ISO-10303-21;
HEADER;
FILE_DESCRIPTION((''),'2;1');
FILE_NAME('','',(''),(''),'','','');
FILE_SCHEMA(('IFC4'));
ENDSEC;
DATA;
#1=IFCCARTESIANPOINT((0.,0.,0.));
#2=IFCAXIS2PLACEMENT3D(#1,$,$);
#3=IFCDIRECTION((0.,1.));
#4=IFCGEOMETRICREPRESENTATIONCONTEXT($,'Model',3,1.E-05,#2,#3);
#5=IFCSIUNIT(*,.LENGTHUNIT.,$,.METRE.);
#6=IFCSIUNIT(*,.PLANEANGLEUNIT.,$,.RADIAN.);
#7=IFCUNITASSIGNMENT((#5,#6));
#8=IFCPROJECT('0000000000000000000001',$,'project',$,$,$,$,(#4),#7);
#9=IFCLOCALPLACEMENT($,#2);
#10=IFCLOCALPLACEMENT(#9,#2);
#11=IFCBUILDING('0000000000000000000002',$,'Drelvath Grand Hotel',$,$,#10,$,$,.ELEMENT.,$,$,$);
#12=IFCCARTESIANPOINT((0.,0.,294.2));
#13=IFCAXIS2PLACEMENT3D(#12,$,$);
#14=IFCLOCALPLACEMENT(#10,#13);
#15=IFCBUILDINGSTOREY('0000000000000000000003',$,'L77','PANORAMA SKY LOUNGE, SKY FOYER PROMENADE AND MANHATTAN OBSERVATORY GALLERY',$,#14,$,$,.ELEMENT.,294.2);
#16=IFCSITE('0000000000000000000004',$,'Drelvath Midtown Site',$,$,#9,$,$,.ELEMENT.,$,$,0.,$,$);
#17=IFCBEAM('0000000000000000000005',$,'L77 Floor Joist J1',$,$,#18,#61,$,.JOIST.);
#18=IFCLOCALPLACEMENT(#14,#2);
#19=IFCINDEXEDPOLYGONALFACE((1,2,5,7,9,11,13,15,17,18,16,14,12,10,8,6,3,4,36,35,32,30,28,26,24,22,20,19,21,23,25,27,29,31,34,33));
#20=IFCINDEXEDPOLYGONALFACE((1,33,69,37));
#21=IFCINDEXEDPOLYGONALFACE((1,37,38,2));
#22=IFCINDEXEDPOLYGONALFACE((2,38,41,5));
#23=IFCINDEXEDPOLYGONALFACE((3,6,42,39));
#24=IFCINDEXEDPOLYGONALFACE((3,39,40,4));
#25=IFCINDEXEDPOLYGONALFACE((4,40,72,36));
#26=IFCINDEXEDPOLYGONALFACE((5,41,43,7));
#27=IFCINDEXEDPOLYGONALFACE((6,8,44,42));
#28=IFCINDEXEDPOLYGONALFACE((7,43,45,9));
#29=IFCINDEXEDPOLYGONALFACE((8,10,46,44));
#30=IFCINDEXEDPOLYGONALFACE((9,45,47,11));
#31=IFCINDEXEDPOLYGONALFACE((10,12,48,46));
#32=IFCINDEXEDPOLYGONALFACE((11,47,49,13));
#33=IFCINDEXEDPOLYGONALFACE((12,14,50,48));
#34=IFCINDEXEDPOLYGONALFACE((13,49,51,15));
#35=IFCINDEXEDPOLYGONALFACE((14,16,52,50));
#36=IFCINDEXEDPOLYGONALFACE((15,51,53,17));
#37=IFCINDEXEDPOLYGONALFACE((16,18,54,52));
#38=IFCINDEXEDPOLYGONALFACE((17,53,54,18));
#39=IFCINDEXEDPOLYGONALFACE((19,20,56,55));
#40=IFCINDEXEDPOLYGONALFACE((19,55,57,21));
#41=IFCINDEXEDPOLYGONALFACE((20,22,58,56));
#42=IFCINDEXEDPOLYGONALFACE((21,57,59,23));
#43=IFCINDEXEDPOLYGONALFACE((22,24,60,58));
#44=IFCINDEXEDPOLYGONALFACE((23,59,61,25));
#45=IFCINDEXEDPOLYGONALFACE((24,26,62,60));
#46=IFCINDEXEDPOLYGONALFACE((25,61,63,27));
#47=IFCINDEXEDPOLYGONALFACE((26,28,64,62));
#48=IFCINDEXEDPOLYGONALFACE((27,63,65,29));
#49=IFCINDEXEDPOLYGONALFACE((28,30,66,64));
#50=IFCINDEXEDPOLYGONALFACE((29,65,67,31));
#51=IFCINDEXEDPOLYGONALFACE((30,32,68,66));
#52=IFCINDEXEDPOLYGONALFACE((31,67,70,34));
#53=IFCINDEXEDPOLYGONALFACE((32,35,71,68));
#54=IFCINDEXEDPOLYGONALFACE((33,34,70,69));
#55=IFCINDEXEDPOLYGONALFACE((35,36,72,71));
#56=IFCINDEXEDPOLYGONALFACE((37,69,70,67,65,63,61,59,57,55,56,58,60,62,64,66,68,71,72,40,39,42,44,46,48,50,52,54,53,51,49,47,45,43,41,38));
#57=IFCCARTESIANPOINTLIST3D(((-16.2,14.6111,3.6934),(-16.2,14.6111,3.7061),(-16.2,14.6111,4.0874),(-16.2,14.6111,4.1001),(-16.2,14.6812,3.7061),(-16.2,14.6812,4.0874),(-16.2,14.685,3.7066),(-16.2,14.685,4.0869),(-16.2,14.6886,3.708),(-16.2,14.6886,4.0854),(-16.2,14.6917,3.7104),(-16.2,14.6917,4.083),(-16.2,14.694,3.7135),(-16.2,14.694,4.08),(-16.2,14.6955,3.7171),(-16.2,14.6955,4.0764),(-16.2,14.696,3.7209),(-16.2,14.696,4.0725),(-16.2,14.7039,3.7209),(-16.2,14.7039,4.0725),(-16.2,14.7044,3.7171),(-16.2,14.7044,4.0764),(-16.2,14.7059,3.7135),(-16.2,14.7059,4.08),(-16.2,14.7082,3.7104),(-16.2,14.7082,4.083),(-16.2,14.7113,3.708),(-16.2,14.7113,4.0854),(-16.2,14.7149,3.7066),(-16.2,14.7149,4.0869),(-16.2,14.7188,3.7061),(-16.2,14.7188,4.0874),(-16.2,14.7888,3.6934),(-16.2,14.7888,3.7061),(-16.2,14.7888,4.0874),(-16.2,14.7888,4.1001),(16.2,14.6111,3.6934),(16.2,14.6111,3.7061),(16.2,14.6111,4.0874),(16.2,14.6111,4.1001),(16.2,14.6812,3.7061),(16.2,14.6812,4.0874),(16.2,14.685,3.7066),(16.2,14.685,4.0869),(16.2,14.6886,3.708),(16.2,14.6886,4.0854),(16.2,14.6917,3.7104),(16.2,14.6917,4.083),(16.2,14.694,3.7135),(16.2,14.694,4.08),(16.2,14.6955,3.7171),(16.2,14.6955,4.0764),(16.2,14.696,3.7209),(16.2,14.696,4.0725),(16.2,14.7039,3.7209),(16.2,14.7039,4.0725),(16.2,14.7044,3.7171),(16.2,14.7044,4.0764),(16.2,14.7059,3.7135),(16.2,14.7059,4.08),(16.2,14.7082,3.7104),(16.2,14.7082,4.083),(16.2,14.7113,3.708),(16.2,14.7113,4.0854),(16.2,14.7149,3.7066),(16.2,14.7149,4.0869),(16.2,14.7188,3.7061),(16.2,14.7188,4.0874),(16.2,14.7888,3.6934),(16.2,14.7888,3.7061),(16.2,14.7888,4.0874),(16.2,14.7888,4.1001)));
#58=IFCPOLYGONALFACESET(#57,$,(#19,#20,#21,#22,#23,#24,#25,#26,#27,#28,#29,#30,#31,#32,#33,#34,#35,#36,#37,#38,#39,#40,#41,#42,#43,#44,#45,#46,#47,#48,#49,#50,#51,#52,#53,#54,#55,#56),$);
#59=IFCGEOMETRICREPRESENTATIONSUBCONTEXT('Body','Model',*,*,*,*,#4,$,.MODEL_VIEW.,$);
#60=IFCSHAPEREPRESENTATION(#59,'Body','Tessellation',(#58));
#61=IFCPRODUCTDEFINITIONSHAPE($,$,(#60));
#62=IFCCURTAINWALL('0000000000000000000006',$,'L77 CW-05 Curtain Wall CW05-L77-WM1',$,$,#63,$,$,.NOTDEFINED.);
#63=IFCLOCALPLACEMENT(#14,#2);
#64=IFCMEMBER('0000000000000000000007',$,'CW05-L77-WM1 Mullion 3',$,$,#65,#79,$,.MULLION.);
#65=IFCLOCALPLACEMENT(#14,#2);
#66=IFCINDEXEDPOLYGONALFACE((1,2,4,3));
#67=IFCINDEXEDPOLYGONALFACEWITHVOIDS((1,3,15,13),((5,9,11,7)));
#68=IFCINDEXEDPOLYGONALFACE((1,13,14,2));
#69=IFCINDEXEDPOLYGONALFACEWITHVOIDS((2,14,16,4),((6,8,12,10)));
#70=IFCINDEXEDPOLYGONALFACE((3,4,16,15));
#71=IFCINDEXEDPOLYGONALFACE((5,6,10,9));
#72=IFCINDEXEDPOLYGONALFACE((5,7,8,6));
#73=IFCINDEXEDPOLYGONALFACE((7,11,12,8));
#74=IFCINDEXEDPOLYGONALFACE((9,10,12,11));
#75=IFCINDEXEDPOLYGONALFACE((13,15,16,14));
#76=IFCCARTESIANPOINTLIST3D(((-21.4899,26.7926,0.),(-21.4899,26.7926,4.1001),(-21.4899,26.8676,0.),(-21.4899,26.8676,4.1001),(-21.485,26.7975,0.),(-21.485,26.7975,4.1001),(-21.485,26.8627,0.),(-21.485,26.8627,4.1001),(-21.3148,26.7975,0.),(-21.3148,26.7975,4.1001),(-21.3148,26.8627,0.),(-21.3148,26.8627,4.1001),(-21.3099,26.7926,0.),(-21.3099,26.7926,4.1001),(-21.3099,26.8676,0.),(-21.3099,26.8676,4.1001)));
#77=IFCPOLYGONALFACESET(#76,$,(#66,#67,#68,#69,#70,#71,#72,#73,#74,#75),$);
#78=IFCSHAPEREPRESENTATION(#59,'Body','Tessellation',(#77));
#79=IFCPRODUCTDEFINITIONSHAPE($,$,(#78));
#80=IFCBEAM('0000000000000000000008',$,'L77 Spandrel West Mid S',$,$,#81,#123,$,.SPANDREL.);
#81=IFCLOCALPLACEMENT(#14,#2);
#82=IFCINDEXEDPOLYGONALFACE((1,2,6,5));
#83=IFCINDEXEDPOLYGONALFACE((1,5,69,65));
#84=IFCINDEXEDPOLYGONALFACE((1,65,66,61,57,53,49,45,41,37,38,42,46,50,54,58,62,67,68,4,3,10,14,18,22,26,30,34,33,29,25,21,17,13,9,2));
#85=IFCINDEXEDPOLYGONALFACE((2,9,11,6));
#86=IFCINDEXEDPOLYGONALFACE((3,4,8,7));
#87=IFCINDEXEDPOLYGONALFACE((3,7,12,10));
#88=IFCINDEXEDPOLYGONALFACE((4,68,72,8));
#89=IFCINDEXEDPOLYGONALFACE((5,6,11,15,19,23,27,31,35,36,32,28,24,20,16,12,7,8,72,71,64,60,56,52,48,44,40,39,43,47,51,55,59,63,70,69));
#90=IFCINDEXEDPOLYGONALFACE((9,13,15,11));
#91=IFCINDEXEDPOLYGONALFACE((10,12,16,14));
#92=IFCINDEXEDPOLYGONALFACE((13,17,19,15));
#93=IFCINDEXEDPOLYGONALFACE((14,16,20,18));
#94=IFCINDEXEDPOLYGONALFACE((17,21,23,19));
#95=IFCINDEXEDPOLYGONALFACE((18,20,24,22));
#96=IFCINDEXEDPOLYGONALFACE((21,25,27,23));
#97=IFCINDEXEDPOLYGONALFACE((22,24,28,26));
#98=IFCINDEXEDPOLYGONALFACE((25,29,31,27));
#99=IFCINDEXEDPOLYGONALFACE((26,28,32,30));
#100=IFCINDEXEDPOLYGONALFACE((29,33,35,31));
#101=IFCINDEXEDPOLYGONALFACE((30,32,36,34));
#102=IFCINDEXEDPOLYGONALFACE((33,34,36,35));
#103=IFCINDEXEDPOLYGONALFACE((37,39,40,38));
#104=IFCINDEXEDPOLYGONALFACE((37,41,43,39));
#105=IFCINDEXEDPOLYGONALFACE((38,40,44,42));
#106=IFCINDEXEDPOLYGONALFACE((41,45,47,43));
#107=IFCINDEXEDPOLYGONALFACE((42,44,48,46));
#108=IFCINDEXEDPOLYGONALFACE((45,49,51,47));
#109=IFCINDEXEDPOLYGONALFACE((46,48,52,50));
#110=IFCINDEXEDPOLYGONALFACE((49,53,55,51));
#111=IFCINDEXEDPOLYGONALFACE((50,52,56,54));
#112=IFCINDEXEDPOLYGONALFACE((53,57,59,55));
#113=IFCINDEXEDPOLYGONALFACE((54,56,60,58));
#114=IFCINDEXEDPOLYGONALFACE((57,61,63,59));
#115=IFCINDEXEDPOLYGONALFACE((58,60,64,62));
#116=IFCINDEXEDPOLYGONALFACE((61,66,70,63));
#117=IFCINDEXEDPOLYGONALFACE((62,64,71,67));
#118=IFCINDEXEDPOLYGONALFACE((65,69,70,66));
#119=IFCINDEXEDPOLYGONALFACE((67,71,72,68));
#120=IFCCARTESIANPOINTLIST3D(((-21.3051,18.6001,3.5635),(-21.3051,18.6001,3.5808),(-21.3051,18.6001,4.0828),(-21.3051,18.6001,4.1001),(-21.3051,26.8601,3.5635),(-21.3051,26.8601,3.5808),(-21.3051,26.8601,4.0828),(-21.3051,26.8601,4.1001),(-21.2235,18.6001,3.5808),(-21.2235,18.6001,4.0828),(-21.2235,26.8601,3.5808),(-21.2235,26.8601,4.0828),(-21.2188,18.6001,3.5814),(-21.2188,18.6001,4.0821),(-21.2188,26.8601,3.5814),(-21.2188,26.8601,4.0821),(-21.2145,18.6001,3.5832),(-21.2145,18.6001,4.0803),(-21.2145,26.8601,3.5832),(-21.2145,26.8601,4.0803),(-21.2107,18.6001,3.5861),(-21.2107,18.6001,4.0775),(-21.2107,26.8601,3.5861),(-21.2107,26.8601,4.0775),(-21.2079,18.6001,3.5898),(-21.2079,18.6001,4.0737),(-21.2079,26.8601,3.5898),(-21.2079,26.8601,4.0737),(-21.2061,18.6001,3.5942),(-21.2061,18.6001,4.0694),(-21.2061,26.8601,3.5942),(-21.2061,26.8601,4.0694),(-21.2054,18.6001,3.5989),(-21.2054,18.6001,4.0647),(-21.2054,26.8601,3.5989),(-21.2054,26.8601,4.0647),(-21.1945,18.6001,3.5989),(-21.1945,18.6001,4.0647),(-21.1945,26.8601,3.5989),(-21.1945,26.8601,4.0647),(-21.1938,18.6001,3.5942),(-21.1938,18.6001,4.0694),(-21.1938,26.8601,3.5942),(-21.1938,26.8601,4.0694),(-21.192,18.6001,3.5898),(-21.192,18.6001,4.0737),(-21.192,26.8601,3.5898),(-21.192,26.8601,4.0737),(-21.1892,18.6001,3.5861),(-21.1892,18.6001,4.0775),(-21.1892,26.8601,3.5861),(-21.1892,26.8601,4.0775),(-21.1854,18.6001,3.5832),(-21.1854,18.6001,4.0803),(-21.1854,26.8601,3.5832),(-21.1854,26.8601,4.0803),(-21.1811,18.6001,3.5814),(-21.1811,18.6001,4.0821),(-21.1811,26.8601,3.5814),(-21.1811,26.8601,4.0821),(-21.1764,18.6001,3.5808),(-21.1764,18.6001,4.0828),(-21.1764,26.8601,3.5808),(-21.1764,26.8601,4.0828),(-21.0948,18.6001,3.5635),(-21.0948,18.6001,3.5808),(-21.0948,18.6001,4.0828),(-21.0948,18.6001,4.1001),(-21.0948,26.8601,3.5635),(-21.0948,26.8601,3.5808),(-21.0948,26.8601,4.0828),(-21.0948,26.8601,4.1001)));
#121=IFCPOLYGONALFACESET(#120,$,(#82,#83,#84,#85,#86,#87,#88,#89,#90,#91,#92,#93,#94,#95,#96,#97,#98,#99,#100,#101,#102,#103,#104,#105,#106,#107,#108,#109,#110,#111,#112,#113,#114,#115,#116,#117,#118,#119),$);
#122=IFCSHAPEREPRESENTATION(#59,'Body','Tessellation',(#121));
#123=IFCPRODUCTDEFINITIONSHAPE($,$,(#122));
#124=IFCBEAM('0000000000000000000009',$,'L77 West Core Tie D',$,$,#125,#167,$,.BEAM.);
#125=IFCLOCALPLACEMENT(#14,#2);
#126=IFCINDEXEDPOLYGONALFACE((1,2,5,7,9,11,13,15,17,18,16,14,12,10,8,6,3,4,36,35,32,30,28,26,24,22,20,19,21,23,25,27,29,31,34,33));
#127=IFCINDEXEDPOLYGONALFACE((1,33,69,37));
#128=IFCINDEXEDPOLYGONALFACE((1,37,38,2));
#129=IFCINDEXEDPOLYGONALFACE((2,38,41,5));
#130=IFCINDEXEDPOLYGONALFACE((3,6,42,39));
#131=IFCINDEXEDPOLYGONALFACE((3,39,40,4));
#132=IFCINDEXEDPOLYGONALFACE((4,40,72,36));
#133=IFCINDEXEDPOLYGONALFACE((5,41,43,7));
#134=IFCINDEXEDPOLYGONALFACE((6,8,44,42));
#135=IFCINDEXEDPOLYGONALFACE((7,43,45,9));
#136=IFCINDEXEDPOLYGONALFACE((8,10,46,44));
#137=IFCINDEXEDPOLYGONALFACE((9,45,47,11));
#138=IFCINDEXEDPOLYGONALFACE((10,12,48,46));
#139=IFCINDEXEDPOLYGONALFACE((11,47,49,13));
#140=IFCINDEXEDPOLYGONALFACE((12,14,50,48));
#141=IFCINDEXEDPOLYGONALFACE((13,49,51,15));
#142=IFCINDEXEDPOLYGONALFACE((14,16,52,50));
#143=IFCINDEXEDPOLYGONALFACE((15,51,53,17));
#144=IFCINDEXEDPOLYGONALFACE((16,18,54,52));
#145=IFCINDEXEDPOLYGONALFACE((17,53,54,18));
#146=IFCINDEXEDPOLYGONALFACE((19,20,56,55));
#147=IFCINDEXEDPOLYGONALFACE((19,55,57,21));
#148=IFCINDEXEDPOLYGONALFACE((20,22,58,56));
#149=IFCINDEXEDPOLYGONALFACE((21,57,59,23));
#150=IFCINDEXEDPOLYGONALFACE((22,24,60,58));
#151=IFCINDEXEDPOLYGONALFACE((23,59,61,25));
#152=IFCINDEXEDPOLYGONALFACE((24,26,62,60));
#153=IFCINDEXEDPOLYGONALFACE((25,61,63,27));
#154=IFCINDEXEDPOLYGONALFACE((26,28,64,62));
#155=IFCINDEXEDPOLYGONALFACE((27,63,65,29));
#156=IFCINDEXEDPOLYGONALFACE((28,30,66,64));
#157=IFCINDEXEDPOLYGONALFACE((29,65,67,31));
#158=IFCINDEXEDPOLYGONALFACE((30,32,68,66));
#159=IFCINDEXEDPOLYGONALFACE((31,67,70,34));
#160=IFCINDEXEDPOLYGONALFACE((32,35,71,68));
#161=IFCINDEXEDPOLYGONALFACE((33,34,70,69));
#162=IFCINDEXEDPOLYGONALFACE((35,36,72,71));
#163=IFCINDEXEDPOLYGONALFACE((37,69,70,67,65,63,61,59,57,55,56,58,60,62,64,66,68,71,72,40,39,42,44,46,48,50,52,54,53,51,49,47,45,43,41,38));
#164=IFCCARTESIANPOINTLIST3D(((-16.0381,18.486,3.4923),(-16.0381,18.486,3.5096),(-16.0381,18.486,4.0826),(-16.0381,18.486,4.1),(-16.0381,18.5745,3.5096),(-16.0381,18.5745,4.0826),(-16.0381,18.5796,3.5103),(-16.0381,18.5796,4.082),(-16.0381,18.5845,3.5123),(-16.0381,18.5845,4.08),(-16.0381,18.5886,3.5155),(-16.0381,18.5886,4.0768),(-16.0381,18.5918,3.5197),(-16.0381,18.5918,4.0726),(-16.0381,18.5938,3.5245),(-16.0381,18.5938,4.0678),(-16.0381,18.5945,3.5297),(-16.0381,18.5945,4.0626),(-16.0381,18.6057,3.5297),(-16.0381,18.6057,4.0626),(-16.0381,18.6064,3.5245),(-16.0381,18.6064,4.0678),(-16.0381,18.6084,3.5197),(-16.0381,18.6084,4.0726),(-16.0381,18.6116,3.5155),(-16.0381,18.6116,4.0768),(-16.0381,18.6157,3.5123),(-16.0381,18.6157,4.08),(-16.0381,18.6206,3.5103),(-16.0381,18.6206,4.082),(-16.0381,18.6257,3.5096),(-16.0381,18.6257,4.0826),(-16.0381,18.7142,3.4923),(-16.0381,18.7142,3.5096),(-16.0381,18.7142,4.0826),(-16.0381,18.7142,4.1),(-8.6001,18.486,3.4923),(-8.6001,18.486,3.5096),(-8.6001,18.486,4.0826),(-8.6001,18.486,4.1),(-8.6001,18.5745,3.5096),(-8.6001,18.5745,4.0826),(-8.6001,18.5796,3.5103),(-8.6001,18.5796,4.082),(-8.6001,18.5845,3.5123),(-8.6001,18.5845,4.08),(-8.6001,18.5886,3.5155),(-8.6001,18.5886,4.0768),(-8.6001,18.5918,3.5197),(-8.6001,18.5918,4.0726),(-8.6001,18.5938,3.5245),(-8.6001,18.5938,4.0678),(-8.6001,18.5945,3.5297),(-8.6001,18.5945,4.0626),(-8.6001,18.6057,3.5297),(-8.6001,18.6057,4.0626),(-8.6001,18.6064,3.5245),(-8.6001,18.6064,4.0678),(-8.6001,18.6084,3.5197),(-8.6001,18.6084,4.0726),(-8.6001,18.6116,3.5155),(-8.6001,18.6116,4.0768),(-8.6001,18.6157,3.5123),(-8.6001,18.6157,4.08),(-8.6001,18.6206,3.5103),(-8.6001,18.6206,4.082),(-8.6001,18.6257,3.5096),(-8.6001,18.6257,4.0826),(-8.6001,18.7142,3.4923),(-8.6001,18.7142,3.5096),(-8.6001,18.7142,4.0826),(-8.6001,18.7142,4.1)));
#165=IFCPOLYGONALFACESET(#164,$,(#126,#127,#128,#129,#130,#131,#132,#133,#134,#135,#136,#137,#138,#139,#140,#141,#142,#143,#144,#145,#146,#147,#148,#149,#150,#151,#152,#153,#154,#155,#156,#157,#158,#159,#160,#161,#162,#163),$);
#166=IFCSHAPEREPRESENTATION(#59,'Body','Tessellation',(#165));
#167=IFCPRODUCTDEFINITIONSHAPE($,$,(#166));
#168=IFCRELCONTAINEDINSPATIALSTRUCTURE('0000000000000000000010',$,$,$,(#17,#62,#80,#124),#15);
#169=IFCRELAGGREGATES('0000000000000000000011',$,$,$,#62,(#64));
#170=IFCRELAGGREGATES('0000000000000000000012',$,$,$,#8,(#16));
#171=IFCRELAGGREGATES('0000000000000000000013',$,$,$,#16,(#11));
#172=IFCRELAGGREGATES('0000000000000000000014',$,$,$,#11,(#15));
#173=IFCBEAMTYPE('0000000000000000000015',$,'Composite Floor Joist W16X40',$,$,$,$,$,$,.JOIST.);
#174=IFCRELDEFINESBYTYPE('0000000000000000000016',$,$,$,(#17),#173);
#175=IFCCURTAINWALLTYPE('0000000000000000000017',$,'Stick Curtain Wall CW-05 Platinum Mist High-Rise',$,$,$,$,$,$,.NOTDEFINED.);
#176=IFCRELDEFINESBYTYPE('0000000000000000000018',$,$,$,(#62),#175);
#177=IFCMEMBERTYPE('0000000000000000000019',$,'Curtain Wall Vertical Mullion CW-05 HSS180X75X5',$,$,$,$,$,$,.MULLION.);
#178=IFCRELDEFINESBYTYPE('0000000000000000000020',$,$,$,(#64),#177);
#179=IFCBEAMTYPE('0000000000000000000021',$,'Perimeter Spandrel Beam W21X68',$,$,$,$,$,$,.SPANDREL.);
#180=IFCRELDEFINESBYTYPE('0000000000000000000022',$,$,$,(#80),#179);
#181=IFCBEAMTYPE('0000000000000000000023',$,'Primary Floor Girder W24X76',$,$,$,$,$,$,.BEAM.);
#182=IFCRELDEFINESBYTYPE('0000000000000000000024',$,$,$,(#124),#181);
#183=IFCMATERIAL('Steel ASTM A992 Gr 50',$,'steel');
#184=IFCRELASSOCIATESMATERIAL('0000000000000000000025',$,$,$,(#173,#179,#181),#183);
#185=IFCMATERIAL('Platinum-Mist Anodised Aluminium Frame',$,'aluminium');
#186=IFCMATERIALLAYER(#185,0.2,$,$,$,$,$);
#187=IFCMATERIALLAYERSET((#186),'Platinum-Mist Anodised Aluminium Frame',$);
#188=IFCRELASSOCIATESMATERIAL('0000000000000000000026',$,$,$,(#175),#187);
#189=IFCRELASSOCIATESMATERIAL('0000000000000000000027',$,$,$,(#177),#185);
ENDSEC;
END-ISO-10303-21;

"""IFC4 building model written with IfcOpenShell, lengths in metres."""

from ifc_helpers import new_model, si_unit, direction, frame, origin, origin_2d, place, context, subcontext, project, spatial, hollow_rectangle, i_section, extrude, material, layer, layer_set, material_profile, profile_set, type_object, element, aggregate, save


model = new_model("IFC4")

# Units and contexts
model_context = context("Model", 3, precision=1e-05, world=origin(), true_north=direction((0.0, 1.0)))
body_context = subcontext(model_context, "Body", "Model", "MODEL_VIEW")
ifc_project = project(units=[si_unit("LENGTHUNIT", "METRE"), si_unit("PLANEANGLEUNIT", "RADIAN")], contexts=[model_context])

# Site, building, storey
site_placement = place(None, origin())
site = spatial("IfcSite", under=ifc_project, at=site_placement, Name="Drelvath Midtown Site", CompositionType="ELEMENT", RefElevation=0.0)
building_placement = place(site_placement, origin())
building = spatial("IfcBuilding", under=site, at=building_placement, Name="Drelvath Grand Hotel", CompositionType="ELEMENT")
storey_placement = place(building_placement, frame((0.0, 0.0, 294.2)))
storey = spatial("IfcBuildingStorey", under=building, at=storey_placement, Name="L77", Description="PANORAMA SKY LOUNGE, SKY FOYER PROMENADE AND MANHATTAN OBSERVATORY GALLERY", CompositionType="ELEMENT", Elevation=294.2)

# Beam
ifc_material_1 = material(Name="Steel ASTM A992 Gr 50", Category="steel")
ifc_material_profile_1 = material_profile(ifc_material_1, i_section(OverallWidth=0.1777, OverallDepth=0.4067, WebThickness=0.0078, FlangeThickness=0.0127, FilletRadius=0.0149, at=origin_2d()), Name="W16X40")
ifc_profile_set_1 = profile_set([ifc_material_profile_1], Name="Steel ASTM A992 Gr 50")
beam_type_1 = type_object("IfcBeamType", Name="Composite Floor Joist W16X40", PredefinedType="JOIST", material=ifc_profile_set_1)
beam_1_placement = place(storey_placement, frame((-16.2, 14.7, 3.8967), z_axis=(1.0, 0.0, 0.0), x_axis=(0.0, 1.0, 0.0)))
element("IfcBeam", 1, at=beam_1_placement, inside=storey, type_object=beam_type_1, Name="L77 Floor Joist J1", PredefinedType="JOIST", context=body_context, shape_type="SweptSolid", body=[
    extrude(i_section(OverallWidth=0.1777, OverallDepth=0.4067, WebThickness=0.0078, FlangeThickness=0.0127, FilletRadius=0.0149, at=origin_2d()), origin(), (0.0, 0.0, 1.0), 32.3999),
])

# Curtain wall, member
ifc_material_2 = material(Name="Platinum-Mist Anodised Aluminium Frame", Category="aluminium")
ifc_layer_1 = layer(ifc_material_2, 0.2)
ifc_layer_set_1 = layer_set([ifc_layer_1], Name="Platinum-Mist Anodised Aluminium Frame")
curtain_wall_type = type_object("IfcCurtainWallType", Name="Stick Curtain Wall CW-05 Platinum Mist High-Rise", PredefinedType="NOTDEFINED", material=ifc_layer_set_1)
curtain_wall_placement = place(storey_placement, origin())
curtain_wall = element("IfcCurtainWall", 2, at=curtain_wall_placement, inside=storey, type_object=curtain_wall_type, Name="L77 CW-05 Curtain Wall CW05-L77-WM1", PredefinedType="NOTDEFINED")
ifc_material_profile_2 = material_profile(ifc_material_2, hollow_rectangle(XDim=0.075, YDim=0.1799, WallThickness=0.0049, at=origin_2d()), Name="HSS180X75X5")
ifc_profile_set_2 = profile_set([ifc_material_profile_2], Name="Platinum-Mist Anodised Aluminium Frame")
member_type = type_object("IfcMemberType", Name="Curtain Wall Vertical Mullion CW-05 HSS180X75X5", PredefinedType="MULLION", material=ifc_profile_set_2)
member_placement = place(storey_placement, frame((-21.3999, 26.8301, 0.0), z_axis=(0.0, 0.0, 1.0), x_axis=(0.0, 1.0, 0.0)))
member = element("IfcMember", 3, at=member_placement, type_object=member_type, Name="CW05-L77-WM1 Mullion 3", PredefinedType="MULLION", context=body_context, shape_type="SweptSolid", body=[
    extrude(hollow_rectangle(XDim=0.075, YDim=0.1799, WallThickness=0.0049, at=origin_2d()), origin(), (0.0, 0.0, 1.0), 4.1001),
])
aggregate(curtain_wall, [member])

# Beams
ifc_material_profile_3 = material_profile(ifc_material_1, i_section(OverallWidth=0.2102, OverallDepth=0.5366, WebThickness=0.011, FlangeThickness=0.0173, FilletRadius=0.0181, at=origin_2d()), Name="W21X68")
ifc_profile_set_3 = profile_set([ifc_material_profile_3], Name="Steel ASTM A992 Gr 50")
beam_type_2 = type_object("IfcBeamType", Name="Perimeter Spandrel Beam W21X68", PredefinedType="SPANDREL", material=ifc_profile_set_3)
beam_2_placement = place(storey_placement, frame((-21.2, 18.6001, 3.8318), z_axis=(0.0, 1.0, 0.0), x_axis=(-1.0, 0.0, 0.0)))
element("IfcBeam", 4, at=beam_2_placement, inside=storey, type_object=beam_type_2, Name="L77 Spandrel West Mid S", PredefinedType="SPANDREL", context=body_context, shape_type="SweptSolid", body=[
    extrude(i_section(OverallWidth=0.2102, OverallDepth=0.5366, WebThickness=0.011, FlangeThickness=0.0173, FilletRadius=0.0181, at=origin_2d()), origin(), (0.0, 0.0, 1.0), 8.26),
])
ifc_material_profile_4 = material_profile(ifc_material_1, i_section(OverallWidth=0.2283, OverallDepth=0.6077, WebThickness=0.0112, FlangeThickness=0.0173, FilletRadius=0.02, at=origin_2d()), Name="W24X76")
ifc_profile_set_4 = profile_set([ifc_material_profile_4], Name="Steel ASTM A992 Gr 50")
beam_type_3 = type_object("IfcBeamType", Name="Primary Floor Girder W24X76", PredefinedType="BEAM", material=ifc_profile_set_4)
beam_3_placement = place(storey_placement, frame((-16.0381, 18.6001, 3.7961), z_axis=(1.0, 0.0, 0.0), x_axis=(0.0, 1.0, 0.0)))
element("IfcBeam", 5, at=beam_3_placement, inside=storey, type_object=beam_type_3, Name="L77 West Core Tie D", PredefinedType="BEAM", context=body_context, shape_type="SweptSolid", body=[
    extrude(i_section(OverallWidth=0.2283, OverallDepth=0.6077, WebThickness=0.0112, FlangeThickness=0.0173, FilletRadius=0.02, at=origin_2d()), origin(), (0.0, 0.0, 1.0), 7.438),
])

save(model, "model.ifc")
